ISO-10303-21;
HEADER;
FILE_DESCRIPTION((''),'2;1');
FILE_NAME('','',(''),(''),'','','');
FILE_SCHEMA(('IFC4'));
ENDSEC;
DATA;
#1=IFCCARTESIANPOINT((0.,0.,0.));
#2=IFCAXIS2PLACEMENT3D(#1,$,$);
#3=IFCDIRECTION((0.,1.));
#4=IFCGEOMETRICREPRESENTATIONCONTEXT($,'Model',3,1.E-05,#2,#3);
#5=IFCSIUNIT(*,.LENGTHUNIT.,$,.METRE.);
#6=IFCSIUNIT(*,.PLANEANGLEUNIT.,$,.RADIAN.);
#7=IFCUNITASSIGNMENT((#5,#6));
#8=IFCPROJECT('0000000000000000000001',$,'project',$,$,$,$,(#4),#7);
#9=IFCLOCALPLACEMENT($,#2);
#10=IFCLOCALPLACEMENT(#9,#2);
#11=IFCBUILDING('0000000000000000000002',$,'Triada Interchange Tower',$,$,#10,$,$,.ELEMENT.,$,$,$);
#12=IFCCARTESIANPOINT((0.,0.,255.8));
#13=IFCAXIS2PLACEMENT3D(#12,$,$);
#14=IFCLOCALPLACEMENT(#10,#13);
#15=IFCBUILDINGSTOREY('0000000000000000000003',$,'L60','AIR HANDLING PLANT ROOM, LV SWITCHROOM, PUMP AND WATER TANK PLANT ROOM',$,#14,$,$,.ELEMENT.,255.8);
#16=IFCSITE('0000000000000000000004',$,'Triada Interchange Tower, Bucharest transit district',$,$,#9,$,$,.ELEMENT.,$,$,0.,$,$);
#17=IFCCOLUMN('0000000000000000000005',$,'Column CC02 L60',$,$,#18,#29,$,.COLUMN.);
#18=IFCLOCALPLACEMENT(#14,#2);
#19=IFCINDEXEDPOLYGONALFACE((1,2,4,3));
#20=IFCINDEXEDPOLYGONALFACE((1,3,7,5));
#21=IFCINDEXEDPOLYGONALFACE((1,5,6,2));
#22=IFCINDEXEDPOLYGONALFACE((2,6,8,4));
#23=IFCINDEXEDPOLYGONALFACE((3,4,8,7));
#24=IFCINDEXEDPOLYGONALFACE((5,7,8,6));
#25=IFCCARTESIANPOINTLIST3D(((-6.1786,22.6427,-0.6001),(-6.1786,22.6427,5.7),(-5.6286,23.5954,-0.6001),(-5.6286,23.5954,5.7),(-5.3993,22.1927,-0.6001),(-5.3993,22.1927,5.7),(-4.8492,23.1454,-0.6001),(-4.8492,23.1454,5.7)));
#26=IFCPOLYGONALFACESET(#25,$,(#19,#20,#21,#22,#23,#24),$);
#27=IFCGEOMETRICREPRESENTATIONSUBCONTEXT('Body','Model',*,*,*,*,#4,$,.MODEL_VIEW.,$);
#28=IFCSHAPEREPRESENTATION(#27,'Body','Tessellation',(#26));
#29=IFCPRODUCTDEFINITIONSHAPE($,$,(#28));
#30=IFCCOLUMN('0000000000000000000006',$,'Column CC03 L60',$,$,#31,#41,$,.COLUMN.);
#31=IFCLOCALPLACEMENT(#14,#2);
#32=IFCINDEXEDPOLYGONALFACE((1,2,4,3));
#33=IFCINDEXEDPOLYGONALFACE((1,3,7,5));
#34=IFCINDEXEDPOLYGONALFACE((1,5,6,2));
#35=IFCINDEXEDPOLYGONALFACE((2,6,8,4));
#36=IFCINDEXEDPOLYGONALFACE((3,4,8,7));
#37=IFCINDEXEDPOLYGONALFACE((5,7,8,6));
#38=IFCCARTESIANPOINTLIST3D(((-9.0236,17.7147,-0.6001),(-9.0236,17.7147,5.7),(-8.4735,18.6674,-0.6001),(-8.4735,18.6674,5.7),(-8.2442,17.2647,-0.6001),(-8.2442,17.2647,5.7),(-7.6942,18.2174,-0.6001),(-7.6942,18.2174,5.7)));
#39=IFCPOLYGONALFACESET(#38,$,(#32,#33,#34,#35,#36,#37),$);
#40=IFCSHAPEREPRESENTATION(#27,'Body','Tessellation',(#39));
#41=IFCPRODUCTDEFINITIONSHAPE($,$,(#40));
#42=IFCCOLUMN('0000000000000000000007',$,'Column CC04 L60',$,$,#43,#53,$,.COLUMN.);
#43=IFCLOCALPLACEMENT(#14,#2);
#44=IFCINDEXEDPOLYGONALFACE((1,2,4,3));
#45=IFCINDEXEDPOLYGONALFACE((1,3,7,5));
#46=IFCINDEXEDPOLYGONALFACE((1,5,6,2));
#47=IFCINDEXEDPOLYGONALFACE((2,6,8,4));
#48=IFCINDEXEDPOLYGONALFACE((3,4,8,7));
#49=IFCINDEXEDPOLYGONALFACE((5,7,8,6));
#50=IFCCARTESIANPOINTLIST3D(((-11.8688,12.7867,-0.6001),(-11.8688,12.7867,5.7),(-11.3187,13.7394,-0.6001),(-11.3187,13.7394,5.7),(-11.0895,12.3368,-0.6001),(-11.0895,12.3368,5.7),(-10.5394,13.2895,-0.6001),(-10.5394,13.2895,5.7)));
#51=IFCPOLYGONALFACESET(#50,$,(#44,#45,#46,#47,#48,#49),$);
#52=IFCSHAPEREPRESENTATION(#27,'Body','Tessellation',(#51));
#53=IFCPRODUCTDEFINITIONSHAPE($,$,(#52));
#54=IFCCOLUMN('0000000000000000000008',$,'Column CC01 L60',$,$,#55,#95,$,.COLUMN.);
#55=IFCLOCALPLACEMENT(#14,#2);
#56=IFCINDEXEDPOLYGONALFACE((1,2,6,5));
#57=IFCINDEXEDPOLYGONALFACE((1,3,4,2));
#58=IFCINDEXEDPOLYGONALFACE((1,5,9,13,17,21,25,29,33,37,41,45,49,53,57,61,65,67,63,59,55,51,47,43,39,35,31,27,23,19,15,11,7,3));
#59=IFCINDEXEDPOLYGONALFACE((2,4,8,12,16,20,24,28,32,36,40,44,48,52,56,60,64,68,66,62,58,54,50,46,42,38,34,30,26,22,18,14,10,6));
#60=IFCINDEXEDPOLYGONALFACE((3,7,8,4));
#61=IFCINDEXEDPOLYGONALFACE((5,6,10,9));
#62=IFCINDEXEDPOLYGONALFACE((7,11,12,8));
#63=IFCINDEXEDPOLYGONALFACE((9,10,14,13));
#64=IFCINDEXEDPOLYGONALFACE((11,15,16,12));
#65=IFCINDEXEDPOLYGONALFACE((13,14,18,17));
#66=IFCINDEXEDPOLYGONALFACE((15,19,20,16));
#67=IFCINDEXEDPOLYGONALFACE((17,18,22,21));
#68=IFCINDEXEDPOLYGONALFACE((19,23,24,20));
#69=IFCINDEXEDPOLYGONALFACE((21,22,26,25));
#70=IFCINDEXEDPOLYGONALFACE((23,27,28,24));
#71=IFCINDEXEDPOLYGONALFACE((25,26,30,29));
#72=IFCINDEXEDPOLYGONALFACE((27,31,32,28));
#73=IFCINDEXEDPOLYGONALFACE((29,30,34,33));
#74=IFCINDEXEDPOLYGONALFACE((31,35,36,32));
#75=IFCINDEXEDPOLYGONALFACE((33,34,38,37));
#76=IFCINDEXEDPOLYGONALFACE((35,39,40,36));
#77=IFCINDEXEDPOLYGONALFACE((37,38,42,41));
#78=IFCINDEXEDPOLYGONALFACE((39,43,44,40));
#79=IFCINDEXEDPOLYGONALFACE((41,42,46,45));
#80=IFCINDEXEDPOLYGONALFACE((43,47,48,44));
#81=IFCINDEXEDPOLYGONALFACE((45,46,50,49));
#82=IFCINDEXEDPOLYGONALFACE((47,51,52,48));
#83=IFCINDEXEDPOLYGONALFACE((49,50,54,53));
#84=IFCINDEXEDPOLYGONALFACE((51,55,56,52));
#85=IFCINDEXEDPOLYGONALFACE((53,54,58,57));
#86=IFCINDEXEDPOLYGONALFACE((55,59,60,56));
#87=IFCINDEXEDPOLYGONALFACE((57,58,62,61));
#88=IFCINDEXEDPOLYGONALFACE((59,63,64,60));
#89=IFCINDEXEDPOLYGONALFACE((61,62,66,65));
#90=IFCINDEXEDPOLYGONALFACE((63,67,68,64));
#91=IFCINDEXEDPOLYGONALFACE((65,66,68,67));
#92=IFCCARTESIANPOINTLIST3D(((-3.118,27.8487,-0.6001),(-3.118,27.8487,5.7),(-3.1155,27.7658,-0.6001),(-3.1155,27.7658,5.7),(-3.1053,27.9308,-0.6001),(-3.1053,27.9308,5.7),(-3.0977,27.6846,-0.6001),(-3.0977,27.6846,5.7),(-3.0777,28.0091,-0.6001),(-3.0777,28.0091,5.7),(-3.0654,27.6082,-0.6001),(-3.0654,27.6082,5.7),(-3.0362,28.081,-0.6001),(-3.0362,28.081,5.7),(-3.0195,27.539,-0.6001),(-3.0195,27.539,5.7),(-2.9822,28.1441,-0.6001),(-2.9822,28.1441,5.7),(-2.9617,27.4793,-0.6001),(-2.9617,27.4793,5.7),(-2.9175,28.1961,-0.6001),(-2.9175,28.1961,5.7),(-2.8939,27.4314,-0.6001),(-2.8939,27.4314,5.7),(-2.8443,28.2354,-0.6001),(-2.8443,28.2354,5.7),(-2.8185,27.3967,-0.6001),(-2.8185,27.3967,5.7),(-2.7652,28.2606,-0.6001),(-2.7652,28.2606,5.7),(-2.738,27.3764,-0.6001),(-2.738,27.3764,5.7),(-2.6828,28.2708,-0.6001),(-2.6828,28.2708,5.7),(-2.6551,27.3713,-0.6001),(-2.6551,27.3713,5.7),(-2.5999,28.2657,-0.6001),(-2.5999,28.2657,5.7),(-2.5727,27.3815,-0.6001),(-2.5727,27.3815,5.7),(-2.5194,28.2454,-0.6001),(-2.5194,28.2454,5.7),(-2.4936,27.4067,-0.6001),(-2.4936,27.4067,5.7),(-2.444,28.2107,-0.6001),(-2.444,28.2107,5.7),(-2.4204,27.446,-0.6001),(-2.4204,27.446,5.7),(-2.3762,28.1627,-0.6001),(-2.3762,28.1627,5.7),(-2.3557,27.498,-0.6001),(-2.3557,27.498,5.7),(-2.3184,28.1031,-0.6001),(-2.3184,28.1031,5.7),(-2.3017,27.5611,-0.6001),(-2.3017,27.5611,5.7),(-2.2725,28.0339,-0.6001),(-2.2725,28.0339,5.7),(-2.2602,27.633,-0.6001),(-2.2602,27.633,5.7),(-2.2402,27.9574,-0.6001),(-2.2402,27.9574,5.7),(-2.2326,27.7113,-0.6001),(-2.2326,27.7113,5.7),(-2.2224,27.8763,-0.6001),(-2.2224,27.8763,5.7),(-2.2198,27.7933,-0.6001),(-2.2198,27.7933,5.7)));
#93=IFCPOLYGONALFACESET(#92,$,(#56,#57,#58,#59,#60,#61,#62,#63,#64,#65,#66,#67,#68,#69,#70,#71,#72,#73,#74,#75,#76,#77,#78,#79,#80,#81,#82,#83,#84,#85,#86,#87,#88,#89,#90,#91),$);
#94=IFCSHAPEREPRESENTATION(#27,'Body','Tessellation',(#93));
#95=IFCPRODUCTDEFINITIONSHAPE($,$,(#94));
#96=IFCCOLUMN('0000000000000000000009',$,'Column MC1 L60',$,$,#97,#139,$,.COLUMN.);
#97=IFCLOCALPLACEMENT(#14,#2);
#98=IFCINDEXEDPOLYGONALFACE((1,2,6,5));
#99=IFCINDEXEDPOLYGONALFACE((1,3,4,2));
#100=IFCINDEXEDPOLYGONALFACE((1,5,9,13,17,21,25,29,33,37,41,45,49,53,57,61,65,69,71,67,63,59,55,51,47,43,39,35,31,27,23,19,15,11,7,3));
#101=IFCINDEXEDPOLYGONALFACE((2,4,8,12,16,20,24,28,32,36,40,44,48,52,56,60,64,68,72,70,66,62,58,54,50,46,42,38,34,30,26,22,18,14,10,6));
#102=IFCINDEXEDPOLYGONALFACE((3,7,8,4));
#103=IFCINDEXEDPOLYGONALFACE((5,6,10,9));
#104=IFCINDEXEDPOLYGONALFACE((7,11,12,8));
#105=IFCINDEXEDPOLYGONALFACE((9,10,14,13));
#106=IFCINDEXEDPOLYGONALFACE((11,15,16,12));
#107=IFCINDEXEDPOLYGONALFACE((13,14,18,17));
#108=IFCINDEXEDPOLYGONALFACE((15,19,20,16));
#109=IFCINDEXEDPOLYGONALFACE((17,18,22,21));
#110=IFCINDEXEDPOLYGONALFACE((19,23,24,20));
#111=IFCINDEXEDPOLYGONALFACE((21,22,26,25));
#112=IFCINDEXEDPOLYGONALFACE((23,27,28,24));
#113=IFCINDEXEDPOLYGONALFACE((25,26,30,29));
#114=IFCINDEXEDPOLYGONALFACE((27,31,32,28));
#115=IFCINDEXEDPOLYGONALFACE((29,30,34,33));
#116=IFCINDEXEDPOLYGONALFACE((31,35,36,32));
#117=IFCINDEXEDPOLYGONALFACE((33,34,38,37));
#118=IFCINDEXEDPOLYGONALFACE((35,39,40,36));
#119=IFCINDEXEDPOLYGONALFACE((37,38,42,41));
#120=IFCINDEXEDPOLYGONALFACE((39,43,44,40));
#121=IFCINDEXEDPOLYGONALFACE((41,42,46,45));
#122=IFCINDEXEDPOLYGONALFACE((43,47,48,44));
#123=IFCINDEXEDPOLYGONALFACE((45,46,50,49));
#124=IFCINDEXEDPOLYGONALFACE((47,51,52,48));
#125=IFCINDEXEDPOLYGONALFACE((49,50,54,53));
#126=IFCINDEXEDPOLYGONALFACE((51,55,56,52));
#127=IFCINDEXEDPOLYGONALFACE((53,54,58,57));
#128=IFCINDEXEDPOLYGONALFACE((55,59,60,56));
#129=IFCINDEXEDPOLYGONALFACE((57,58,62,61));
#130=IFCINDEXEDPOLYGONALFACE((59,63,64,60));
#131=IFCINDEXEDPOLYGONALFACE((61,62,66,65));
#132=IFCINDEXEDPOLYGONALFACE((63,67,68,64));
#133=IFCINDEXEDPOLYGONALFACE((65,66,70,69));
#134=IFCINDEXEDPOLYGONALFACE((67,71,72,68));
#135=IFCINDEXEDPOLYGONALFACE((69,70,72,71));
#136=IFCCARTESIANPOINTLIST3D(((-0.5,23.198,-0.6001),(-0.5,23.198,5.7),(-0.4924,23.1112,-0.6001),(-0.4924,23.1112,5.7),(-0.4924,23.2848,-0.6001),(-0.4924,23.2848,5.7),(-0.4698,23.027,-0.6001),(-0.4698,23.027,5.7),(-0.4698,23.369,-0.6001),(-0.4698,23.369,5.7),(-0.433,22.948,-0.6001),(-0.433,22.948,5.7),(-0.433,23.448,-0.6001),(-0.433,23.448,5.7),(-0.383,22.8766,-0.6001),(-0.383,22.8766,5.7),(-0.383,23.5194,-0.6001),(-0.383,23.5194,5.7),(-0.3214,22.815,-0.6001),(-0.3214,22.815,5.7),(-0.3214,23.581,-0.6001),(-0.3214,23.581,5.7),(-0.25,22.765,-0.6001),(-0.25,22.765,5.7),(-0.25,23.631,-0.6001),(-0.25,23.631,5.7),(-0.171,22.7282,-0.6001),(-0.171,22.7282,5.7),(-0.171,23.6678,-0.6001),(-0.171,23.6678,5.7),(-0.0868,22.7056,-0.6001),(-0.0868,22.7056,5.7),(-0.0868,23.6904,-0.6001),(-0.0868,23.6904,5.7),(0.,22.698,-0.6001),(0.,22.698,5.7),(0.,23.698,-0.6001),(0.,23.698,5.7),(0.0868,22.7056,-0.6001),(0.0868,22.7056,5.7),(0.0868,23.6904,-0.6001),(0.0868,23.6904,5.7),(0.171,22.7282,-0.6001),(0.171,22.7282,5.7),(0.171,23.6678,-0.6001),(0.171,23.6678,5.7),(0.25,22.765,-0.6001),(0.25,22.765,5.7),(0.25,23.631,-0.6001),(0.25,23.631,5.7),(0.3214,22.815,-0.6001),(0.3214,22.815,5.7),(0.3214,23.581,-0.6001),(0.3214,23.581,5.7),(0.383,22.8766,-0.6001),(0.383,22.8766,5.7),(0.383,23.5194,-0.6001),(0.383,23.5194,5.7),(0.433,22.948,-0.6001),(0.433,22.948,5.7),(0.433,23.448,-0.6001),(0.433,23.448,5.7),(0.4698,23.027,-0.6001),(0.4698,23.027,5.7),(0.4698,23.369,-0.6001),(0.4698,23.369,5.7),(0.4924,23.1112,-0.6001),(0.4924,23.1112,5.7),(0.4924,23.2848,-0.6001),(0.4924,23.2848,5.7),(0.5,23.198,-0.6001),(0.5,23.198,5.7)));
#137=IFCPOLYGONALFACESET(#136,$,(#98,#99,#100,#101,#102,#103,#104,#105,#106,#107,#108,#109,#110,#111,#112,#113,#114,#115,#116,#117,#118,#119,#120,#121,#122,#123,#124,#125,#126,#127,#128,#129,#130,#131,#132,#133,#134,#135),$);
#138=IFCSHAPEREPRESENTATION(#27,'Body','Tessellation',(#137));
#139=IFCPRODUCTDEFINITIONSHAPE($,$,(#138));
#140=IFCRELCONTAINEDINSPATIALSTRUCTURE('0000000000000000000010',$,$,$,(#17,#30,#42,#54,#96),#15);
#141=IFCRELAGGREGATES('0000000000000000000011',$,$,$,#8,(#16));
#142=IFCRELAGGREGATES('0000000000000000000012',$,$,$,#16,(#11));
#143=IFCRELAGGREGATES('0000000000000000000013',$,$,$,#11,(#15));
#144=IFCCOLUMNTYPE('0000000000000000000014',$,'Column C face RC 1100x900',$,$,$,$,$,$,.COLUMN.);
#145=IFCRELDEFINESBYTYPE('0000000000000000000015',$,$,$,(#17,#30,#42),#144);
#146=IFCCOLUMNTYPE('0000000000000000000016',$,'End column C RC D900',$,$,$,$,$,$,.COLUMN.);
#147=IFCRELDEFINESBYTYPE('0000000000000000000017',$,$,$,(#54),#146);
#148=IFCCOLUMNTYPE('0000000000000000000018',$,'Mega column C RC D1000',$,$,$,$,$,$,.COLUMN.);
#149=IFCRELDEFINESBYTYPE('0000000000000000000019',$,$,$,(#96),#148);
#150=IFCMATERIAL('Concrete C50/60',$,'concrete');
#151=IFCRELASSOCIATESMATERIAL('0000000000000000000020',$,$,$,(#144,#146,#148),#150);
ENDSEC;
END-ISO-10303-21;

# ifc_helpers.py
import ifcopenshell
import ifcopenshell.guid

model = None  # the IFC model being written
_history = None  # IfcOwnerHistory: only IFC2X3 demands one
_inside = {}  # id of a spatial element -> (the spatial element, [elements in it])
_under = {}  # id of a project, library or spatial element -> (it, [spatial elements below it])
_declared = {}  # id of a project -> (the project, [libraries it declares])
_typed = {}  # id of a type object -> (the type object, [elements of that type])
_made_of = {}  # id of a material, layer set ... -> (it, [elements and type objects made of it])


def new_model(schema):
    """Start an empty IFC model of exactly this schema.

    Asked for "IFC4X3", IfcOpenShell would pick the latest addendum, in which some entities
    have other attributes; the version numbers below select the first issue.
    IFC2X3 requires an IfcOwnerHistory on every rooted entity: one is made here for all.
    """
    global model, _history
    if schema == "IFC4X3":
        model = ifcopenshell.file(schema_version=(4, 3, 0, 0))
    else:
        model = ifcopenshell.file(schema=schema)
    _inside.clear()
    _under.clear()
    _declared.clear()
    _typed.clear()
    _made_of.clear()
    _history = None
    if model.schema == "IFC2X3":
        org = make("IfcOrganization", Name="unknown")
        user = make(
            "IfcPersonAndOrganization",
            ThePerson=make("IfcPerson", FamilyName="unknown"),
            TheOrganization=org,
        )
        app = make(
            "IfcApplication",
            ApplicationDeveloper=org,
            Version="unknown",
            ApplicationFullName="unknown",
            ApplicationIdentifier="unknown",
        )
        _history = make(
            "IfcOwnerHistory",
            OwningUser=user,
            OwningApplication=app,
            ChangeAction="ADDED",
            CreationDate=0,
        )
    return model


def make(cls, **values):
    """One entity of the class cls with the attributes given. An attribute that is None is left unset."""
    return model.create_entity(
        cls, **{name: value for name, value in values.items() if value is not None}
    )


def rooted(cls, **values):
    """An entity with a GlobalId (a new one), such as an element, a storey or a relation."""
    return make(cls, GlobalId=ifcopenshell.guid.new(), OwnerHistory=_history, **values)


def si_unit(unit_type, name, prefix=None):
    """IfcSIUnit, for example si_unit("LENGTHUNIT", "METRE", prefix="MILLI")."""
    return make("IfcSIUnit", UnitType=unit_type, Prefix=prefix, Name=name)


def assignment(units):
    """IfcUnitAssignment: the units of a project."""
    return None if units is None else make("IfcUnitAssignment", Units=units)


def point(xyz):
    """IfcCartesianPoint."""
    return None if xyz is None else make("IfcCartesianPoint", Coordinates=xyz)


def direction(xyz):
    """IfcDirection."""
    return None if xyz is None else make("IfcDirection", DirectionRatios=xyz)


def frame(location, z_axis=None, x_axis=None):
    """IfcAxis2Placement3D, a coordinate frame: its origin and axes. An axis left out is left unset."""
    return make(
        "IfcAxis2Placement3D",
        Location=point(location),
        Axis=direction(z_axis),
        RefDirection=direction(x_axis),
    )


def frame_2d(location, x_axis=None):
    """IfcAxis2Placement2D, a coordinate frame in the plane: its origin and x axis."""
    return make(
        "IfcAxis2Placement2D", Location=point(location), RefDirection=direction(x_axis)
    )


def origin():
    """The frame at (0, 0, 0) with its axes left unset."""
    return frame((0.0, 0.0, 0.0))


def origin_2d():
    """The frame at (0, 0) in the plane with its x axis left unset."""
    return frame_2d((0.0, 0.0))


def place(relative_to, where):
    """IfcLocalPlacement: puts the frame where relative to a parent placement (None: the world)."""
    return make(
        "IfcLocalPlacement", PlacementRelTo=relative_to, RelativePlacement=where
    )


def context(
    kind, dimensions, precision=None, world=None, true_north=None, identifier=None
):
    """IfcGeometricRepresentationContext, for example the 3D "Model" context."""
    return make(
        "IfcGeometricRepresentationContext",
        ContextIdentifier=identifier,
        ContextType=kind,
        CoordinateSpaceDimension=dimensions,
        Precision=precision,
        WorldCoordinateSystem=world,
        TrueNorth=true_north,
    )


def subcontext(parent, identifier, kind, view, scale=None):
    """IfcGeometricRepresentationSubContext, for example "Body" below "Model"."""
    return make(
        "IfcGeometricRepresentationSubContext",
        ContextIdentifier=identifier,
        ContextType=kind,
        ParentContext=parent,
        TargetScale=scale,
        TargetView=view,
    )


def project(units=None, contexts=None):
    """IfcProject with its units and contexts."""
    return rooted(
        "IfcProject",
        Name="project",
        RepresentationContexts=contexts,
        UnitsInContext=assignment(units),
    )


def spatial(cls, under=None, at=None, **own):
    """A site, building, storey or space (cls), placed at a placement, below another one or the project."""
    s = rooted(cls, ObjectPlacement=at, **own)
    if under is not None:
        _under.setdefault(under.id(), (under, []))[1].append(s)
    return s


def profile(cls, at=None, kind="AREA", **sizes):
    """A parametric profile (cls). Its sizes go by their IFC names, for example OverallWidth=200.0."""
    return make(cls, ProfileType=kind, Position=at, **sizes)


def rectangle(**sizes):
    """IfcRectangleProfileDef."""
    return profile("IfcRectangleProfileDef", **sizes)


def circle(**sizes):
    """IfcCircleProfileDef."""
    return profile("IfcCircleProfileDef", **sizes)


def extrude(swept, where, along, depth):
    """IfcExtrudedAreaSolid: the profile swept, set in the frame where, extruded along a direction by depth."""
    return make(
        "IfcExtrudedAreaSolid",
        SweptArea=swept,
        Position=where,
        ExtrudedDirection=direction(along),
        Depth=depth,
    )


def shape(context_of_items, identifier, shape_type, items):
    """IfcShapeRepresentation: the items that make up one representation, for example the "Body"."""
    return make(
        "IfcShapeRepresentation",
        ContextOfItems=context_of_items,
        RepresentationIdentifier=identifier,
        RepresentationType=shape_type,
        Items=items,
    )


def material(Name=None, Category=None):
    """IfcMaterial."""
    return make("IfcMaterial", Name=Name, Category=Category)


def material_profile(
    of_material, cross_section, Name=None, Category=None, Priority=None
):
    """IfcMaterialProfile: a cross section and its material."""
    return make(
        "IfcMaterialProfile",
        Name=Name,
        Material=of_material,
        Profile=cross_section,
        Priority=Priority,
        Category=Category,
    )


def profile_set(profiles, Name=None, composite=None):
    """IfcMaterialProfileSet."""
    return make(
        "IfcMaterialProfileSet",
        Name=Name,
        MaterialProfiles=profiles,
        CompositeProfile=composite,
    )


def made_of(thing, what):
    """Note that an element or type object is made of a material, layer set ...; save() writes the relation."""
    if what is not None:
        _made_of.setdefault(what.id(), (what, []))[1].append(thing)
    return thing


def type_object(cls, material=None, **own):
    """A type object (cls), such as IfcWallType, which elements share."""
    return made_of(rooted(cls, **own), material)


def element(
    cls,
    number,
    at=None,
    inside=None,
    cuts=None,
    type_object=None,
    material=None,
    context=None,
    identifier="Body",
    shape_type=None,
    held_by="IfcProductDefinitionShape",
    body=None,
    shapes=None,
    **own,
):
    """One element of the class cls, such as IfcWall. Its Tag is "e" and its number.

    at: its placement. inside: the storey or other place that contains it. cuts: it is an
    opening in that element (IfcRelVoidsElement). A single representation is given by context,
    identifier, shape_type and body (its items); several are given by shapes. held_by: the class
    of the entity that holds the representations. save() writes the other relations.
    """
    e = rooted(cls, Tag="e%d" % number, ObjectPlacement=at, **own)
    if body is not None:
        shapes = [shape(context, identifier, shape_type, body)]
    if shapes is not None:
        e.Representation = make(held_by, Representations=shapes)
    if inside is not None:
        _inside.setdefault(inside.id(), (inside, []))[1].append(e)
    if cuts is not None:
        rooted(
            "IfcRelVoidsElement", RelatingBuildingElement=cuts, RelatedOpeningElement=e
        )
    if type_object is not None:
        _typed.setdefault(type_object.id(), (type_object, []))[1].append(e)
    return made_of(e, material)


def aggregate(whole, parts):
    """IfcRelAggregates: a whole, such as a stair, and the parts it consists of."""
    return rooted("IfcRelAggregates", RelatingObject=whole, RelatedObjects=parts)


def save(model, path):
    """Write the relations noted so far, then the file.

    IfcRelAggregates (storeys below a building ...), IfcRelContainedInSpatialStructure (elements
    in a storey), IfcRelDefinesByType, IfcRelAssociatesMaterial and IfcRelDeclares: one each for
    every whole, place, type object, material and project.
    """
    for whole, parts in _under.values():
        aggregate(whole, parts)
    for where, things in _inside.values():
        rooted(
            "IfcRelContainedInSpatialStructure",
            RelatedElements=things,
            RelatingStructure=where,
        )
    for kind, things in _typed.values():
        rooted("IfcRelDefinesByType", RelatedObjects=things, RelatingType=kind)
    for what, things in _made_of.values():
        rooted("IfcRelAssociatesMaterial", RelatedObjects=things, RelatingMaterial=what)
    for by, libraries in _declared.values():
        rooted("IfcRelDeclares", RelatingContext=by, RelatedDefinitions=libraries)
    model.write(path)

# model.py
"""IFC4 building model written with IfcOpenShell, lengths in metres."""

from ifc_helpers import new_model, si_unit, direction, frame, origin, origin_2d, place, context, subcontext, project, spatial, rectangle, circle, extrude, material, material_profile, profile_set, type_object, element, save


model = new_model("IFC4")

# Units and contexts
model_context = context("Model", 3, precision=1e-05, world=origin(), true_north=direction((0.0, 1.0)))
body_context = subcontext(model_context, "Body", "Model", "MODEL_VIEW")
ifc_project = project(units=[si_unit("LENGTHUNIT", "METRE"), si_unit("PLANEANGLEUNIT", "RADIAN")], contexts=[model_context])

# Site, building, storey
site_placement = place(None, origin())
site = spatial("IfcSite", under=ifc_project, at=site_placement, Name="Triada Interchange Tower, Bucharest transit district", CompositionType="ELEMENT", RefElevation=0.0)
building_placement = place(site_placement, origin())
building = spatial("IfcBuilding", under=site, at=building_placement, Name="Triada Interchange Tower", CompositionType="ELEMENT")
storey_placement = place(building_placement, frame((0.0, 0.0, 255.8)))
storey = spatial("IfcBuildingStorey", under=building, at=storey_placement, Name="L60", Description="AIR HANDLING PLANT ROOM, LV SWITCHROOM, PUMP AND WATER TANK PLANT ROOM", CompositionType="ELEMENT", Elevation=255.8)

# Columns
ifc_material_1 = material(Name="Concrete C50/60", Category="concrete")
ifc_material_profile_1 = material_profile(ifc_material_1, rectangle(XDim=1.1001, YDim=0.8999, at=origin_2d()), Name="RC 1100x900")
ifc_profile_set_1 = profile_set([ifc_material_profile_1], Name="Concrete C50/60")
column_type_1 = type_object("IfcColumnType", Name="Column C face RC 1100x900", PredefinedType="COLUMN", material=ifc_profile_set_1)
for number, where, z_axis, x_axis, name in (
    (1, (-5.5139, 22.894, -0.6001), (0.0, 0.0, 1.0), (0.5, 0.866025, 0.0), "Column CC02 L60"),
    (2, (-8.3589, 17.9661, -0.6001), (0.0, 0.0, 1.0), (0.5, 0.866025, 0.0), "Column CC03 L60"),
    (3, (-11.2041, 13.0381, -0.6001), (0.0, 0.0, 1.0), (0.5, 0.866025, 0.0), "Column CC04 L60"),
):
    element("IfcColumn", number, at=place(storey_placement, frame(where, z_axis=z_axis, x_axis=x_axis)), inside=storey, type_object=column_type_1, Name=name, PredefinedType="COLUMN", context=body_context, shape_type="SweptSolid", body=[
        extrude(rectangle(XDim=1.1001, YDim=0.8999, at=origin_2d()), origin(), (0.0, 0.0, 1.0), 6.3),
    ])
ifc_material_profile_2 = material_profile(ifc_material_1, circle(Radius=0.45, at=origin_2d()), Name="RC D900")
ifc_profile_set_2 = profile_set([ifc_material_profile_2], Name="Concrete C50/60")
column_type_2 = type_object("IfcColumnType", Name="End column C RC D900", PredefinedType="COLUMN", material=ifc_profile_set_2)
column_1_placement = place(storey_placement, frame((-2.6689, 27.821, -0.6001), z_axis=(0.0, 0.0, 1.0), x_axis=(0.5, 0.866025, 0.0)))
element("IfcColumn", 4, at=column_1_placement, inside=storey, type_object=column_type_2, Name="Column CC01 L60", PredefinedType="COLUMN", context=body_context, shape_type="SweptSolid", body=[
    extrude(circle(Radius=0.45, at=origin_2d()), origin(), (0.0, 0.0, 1.0), 6.3),
])
ifc_material_profile_3 = material_profile(ifc_material_1, circle(Radius=0.5, at=origin_2d()), Name="RC D1000")
ifc_profile_set_3 = profile_set([ifc_material_profile_3], Name="Concrete C50/60")
column_type_3 = type_object("IfcColumnType", Name="Mega column C RC D1000", PredefinedType="COLUMN", material=ifc_profile_set_3)
column_2_placement = place(storey_placement, frame((0.0, 23.198, -0.6001), z_axis=(0.0, 0.0, 1.0), x_axis=(1.0, 0.0, 0.0)))
element("IfcColumn", 5, at=column_2_placement, inside=storey, type_object=column_type_3, Name="Column MC1 L60", PredefinedType="COLUMN", context=body_context, shape_type="SweptSolid", body=[
    extrude(circle(Radius=0.5, at=origin_2d()), origin(), (0.0, 0.0, 1.0), 6.3),
])

save(model, "model.ifc")
